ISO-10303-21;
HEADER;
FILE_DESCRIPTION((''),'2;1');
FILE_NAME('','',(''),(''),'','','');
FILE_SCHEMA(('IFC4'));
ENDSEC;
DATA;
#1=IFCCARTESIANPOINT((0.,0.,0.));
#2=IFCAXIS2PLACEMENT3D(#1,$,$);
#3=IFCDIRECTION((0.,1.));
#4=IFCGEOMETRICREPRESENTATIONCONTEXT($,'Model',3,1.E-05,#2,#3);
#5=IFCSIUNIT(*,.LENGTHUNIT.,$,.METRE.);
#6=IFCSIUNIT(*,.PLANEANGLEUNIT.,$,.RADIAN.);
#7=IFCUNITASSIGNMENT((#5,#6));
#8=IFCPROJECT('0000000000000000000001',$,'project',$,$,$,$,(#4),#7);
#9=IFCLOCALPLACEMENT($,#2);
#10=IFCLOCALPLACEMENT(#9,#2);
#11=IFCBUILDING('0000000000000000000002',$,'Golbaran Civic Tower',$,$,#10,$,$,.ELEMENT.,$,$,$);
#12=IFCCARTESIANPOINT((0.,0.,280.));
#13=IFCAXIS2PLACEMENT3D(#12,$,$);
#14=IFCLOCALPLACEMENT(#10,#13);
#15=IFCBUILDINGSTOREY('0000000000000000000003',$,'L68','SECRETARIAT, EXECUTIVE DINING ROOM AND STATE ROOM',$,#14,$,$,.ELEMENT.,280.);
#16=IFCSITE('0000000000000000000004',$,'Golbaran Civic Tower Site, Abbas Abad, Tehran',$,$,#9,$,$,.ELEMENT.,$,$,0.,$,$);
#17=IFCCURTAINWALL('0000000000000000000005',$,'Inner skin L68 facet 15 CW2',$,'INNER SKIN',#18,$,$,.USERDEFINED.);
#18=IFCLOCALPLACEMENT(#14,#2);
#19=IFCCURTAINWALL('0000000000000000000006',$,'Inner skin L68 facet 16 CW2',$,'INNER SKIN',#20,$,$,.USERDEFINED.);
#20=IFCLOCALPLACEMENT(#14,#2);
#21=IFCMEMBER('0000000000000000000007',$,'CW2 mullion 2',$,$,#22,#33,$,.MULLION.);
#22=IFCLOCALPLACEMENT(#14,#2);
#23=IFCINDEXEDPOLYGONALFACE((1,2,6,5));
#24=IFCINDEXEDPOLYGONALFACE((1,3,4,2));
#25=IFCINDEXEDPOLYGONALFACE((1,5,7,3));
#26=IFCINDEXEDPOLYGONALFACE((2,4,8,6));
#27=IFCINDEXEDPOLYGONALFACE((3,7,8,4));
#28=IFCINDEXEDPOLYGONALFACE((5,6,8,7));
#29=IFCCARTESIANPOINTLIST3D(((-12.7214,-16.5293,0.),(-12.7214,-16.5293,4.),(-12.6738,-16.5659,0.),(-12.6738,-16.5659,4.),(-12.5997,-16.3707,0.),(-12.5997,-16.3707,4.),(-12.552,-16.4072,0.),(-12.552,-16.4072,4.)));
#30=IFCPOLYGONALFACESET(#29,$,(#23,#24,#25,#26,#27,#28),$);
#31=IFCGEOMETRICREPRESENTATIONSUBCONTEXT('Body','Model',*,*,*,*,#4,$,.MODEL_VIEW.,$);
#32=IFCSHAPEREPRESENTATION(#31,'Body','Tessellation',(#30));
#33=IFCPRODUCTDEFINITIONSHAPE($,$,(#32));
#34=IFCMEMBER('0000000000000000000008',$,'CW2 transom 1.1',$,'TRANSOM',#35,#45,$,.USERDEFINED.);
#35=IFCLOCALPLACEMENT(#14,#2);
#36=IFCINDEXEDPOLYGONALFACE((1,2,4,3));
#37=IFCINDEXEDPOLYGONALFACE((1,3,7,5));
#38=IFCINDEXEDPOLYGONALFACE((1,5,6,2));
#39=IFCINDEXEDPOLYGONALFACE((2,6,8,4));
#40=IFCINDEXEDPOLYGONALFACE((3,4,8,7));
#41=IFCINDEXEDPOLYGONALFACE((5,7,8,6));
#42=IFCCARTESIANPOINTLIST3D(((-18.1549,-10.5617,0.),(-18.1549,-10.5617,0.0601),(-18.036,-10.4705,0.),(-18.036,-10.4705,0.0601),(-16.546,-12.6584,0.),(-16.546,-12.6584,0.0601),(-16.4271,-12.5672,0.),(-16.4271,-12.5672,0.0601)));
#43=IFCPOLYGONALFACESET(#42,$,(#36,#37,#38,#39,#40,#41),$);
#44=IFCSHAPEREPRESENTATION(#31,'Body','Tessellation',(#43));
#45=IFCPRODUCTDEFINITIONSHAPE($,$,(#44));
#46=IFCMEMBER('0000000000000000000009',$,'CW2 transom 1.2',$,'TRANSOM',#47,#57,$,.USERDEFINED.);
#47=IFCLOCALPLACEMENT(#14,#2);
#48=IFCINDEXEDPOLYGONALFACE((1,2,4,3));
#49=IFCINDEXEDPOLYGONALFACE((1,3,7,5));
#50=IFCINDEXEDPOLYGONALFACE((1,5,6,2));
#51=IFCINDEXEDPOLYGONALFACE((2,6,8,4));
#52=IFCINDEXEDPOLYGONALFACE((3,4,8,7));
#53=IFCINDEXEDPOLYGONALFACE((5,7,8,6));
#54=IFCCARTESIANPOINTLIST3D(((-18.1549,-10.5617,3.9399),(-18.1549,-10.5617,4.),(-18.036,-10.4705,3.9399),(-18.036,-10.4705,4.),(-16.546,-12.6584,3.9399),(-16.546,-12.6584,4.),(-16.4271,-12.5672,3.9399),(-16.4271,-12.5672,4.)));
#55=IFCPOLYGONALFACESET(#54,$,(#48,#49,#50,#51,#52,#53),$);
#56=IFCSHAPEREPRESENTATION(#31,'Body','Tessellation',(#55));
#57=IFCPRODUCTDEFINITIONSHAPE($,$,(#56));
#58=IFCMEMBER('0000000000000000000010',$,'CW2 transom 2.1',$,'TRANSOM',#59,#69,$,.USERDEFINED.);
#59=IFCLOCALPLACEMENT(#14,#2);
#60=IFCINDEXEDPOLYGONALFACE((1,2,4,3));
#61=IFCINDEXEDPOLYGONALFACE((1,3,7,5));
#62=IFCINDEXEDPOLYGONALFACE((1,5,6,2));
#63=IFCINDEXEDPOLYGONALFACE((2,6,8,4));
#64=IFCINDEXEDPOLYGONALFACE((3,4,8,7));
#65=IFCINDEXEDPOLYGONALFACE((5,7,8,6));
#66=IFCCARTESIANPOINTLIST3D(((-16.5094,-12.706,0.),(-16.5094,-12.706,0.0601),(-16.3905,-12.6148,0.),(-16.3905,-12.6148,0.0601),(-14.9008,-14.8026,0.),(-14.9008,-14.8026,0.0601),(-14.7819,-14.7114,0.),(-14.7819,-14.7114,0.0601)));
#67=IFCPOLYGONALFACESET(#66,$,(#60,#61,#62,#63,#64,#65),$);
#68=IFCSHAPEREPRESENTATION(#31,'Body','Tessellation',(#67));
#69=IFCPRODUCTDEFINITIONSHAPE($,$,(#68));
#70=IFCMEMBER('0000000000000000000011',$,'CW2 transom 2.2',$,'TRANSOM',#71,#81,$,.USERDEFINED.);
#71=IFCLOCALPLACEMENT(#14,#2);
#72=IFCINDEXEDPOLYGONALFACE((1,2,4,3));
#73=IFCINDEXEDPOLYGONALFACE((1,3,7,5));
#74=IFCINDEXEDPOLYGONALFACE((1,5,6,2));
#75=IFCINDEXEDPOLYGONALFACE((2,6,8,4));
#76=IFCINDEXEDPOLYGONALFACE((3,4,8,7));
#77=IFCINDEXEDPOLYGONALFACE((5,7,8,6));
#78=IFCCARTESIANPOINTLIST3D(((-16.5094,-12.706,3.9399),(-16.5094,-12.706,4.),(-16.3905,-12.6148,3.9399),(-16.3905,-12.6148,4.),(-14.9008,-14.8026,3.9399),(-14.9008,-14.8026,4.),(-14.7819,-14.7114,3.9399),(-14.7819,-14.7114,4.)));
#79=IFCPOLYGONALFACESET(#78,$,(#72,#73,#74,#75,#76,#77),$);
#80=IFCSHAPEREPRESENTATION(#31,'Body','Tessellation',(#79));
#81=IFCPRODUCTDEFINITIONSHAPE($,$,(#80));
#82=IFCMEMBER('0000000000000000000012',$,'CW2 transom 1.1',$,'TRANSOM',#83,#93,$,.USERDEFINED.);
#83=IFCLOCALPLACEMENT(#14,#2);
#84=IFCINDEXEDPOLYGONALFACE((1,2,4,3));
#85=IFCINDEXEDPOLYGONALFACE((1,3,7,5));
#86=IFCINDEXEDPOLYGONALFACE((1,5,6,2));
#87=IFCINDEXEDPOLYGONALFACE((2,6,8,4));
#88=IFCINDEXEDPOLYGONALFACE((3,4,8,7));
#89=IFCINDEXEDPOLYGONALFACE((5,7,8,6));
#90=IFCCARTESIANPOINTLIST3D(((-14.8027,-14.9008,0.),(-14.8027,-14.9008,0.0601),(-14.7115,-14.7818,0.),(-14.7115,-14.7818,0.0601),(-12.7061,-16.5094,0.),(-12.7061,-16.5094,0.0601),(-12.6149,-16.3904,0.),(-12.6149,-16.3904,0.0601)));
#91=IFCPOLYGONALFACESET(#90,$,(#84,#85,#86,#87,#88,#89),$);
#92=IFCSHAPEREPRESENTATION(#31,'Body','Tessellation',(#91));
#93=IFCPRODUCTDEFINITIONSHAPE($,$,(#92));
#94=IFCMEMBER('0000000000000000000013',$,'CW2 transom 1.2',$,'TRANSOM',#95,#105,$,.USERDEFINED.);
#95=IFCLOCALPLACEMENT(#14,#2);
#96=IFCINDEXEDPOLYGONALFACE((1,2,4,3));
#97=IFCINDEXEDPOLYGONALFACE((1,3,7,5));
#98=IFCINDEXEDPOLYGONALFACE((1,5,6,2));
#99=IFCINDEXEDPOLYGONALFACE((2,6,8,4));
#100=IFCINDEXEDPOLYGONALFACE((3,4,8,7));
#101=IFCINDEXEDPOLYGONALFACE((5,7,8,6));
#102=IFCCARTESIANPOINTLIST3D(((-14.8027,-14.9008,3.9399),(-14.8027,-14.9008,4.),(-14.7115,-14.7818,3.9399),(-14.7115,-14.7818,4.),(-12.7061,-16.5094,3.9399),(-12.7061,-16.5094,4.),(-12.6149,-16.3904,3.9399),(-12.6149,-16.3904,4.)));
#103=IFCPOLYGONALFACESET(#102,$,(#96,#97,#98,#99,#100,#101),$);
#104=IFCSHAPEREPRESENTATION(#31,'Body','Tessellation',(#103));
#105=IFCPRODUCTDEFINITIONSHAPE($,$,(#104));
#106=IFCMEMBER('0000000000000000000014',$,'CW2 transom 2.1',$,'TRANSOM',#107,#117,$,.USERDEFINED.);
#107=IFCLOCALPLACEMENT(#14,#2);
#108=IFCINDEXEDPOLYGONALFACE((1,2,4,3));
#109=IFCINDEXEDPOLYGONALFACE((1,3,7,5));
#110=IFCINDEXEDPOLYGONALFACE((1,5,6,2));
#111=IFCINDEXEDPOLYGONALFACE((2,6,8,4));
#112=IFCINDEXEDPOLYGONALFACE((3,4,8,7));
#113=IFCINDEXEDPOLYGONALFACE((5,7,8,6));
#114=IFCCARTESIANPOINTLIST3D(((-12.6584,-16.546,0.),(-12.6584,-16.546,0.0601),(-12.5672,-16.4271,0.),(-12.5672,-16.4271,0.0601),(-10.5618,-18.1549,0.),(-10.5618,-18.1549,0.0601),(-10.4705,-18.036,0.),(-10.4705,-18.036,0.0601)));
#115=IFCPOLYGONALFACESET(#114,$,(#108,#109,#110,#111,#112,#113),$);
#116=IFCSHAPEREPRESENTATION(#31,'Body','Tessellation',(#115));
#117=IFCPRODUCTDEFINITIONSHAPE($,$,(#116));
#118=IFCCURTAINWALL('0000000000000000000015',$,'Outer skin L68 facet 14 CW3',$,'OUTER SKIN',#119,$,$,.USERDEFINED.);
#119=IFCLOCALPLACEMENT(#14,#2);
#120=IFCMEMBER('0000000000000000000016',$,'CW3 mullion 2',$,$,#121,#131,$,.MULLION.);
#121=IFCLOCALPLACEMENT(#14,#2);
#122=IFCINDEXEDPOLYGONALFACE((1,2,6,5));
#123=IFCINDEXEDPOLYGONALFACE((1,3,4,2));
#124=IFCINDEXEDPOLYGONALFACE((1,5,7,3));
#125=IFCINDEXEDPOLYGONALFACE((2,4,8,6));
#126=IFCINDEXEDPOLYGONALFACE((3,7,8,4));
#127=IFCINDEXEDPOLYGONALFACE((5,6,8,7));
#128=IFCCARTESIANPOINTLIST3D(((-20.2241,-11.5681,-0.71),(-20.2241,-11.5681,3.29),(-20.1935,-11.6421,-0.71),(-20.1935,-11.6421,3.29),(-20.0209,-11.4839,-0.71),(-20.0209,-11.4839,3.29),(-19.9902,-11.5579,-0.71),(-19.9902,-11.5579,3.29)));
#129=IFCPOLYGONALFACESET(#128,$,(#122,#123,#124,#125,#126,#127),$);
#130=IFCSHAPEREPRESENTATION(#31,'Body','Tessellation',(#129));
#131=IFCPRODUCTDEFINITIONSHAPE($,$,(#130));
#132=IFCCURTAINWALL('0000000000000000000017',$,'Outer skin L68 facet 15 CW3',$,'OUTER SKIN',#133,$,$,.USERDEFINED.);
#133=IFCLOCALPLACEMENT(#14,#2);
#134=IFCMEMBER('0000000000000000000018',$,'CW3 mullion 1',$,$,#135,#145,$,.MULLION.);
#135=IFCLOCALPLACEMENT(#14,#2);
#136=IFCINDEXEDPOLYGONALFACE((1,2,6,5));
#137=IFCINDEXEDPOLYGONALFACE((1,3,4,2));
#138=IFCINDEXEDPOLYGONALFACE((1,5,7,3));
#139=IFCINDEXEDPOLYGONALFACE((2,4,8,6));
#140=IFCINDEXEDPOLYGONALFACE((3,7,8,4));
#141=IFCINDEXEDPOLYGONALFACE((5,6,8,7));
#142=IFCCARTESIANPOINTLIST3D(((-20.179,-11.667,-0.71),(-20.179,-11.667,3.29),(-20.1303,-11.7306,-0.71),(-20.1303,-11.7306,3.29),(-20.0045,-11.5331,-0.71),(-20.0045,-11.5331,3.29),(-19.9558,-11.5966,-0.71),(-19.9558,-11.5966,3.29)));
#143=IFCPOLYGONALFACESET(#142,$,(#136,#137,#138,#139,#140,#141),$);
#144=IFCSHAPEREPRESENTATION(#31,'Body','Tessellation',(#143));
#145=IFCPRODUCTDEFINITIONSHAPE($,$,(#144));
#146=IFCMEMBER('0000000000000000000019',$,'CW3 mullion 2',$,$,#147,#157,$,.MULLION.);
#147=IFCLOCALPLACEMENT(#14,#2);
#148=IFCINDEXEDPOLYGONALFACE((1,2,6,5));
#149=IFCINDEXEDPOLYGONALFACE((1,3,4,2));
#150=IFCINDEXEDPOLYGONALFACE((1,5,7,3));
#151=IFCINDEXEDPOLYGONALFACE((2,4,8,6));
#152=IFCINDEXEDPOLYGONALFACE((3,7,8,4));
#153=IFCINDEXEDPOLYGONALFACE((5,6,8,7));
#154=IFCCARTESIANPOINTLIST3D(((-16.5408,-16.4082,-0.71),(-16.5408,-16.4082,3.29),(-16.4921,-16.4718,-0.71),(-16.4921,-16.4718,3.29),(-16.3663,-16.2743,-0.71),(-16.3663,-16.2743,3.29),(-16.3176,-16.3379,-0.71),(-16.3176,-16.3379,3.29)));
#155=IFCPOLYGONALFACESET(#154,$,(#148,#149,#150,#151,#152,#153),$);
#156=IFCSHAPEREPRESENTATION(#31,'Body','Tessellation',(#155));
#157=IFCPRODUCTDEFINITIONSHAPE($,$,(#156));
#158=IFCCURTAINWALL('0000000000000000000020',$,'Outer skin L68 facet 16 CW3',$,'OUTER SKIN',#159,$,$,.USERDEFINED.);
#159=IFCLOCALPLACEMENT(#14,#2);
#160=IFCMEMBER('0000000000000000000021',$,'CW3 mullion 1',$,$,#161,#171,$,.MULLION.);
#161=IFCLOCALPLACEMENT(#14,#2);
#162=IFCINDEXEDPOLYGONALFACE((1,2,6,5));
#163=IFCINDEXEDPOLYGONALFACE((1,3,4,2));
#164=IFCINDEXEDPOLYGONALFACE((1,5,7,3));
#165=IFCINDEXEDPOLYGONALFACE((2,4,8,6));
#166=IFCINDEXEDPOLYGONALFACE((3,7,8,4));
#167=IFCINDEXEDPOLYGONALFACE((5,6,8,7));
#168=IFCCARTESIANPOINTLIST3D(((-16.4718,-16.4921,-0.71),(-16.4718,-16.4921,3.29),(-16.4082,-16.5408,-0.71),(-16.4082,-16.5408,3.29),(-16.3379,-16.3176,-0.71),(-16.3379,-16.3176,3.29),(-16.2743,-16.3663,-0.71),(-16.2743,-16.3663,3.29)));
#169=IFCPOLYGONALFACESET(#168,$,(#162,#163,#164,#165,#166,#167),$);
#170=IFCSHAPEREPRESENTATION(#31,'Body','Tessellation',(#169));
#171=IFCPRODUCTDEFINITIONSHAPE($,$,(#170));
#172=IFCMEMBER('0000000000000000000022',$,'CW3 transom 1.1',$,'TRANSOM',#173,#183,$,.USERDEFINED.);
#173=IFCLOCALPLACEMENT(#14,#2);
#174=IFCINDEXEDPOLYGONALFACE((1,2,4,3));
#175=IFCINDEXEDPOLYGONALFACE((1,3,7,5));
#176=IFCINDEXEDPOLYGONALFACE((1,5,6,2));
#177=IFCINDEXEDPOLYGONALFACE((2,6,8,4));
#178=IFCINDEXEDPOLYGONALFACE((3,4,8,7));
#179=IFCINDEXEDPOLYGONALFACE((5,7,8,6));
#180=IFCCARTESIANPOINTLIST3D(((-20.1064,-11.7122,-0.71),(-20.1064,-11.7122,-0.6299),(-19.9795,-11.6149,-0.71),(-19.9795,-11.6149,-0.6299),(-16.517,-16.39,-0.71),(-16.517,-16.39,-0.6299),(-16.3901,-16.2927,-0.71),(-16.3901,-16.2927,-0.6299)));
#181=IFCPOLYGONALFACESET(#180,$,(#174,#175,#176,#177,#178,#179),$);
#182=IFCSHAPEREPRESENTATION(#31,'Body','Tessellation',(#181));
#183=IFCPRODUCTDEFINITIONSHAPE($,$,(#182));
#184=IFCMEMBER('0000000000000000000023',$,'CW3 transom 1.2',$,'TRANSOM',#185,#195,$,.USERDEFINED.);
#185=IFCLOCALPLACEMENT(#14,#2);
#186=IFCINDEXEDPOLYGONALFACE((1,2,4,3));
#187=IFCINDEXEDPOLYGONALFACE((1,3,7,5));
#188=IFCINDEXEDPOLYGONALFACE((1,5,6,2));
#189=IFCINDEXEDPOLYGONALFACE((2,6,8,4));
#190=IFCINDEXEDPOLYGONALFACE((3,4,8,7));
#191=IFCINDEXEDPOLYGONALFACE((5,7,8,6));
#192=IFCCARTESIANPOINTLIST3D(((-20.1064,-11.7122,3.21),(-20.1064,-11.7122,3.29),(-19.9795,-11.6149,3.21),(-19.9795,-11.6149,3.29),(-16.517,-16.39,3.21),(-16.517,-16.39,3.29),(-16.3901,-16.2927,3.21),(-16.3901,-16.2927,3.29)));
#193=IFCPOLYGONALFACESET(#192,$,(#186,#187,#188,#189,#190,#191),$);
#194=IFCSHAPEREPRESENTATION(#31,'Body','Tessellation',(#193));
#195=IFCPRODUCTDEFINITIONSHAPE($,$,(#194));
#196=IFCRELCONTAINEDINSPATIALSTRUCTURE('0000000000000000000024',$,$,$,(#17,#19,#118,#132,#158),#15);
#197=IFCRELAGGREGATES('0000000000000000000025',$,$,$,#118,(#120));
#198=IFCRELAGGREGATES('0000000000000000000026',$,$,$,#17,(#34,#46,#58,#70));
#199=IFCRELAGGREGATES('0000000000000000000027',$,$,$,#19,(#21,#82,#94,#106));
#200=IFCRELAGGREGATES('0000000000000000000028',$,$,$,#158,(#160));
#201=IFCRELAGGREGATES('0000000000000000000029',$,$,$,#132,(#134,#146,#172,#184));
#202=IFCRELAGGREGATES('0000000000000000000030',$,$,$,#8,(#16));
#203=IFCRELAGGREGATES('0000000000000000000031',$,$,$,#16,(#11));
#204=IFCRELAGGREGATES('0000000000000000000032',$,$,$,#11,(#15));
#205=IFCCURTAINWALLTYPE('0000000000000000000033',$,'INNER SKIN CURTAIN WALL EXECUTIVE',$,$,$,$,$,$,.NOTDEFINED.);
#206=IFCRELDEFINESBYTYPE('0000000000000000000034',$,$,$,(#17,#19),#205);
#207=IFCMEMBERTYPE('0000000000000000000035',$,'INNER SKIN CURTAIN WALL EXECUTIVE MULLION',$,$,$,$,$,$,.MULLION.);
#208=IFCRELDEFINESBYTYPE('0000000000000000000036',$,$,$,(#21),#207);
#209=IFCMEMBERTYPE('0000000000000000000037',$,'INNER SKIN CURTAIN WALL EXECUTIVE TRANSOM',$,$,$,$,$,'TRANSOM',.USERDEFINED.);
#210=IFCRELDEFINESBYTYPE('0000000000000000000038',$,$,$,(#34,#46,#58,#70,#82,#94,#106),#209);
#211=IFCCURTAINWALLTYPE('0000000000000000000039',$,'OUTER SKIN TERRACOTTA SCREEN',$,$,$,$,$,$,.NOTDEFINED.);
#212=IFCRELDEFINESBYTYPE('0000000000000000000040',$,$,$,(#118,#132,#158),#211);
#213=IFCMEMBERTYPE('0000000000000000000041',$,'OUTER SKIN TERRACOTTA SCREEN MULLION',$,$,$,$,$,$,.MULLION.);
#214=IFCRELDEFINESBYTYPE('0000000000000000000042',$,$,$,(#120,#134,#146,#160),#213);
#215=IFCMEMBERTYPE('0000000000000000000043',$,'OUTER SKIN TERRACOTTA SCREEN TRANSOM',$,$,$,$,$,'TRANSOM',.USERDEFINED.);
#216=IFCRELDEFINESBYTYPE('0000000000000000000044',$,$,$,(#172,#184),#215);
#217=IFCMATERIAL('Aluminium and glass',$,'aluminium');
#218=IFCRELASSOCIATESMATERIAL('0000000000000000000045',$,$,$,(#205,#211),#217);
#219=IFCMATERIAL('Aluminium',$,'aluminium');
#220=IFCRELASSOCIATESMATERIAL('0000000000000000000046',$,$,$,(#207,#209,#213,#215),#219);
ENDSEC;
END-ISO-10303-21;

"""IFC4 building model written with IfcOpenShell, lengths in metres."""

from ifc_helpers import new_model, si_unit, direction, frame, origin, origin_2d, place, context, subcontext, project, spatial, rectangle, extrude, material, material_profile, profile_set, type_object, element, aggregate, save


model = new_model("IFC4")

# Units and contexts
model_context = context("Model", 3, precision=1e-05, world=origin(), true_north=direction((0.0, 1.0)))
body_context = subcontext(model_context, "Body", "Model", "MODEL_VIEW")
ifc_project = project(units=[si_unit("LENGTHUNIT", "METRE"), si_unit("PLANEANGLEUNIT", "RADIAN")], contexts=[model_context])

# Site, building, storey
site_placement = place(None, origin())
site = spatial("IfcSite", under=ifc_project, at=site_placement, Name="Golbaran Civic Tower Site, Abbas Abad, Tehran", CompositionType="ELEMENT", RefElevation=0.0)
building_placement = place(site_placement, origin())
building = spatial("IfcBuilding", under=site, at=building_placement, Name="Golbaran Civic Tower", CompositionType="ELEMENT")
storey_placement = place(building_placement, frame((0.0, 0.0, 280.0)))
storey = spatial("IfcBuildingStorey", under=building, at=storey_placement, Name="L68", Description="SECRETARIAT, EXECUTIVE DINING ROOM AND STATE ROOM", CompositionType="ELEMENT", Elevation=280.0)

# Shared definitions
ifc_material_1 = material(Name="Aluminium and glass", Category="aluminium")
curtain_wall_type_1 = type_object("IfcCurtainWallType", Name="INNER SKIN CURTAIN WALL EXECUTIVE", PredefinedType="NOTDEFINED", material=ifc_material_1)
ifc_material_2 = material(Name="Aluminium", Category="aluminium")
ifc_material_profile_1 = material_profile(ifc_material_2, rectangle(XDim=0.2, YDim=0.0601, at=origin_2d()), Name="INNER SKIN CURTAIN WALL EXECUTIVE MULLION")
ifc_profile_set_1 = profile_set([ifc_material_profile_1], Name="Aluminium")
member_type_1 = type_object("IfcMemberType", Name="INNER SKIN CURTAIN WALL EXECUTIVE MULLION", PredefinedType="MULLION", material=ifc_profile_set_1)

# Curtain walls, member
curtain_wall_1_placement = place(storey_placement, origin())
curtain_wall_1 = element("IfcCurtainWall", 1, at=curtain_wall_1_placement, inside=storey, type_object=curtain_wall_type_1, Name="Inner skin L68 facet 15 CW2", ObjectType="INNER SKIN", PredefinedType="USERDEFINED")
curtain_wall_2_placement = place(storey_placement, origin())
curtain_wall_2 = element("IfcCurtainWall", 2, at=curtain_wall_2_placement, inside=storey, type_object=curtain_wall_type_1, Name="Inner skin L68 facet 16 CW2", ObjectType="INNER SKIN", PredefinedType="USERDEFINED")
member_1_placement = place(storey_placement, frame((-12.6367, -16.4683, 0.0), z_axis=(0.0, 0.0, 1.0), x_axis=(0.608761, 0.793353, 0.0)))
member_1 = element("IfcMember", 3, at=member_1_placement, type_object=member_type_1, Name="CW2 mullion 2", PredefinedType="MULLION", context=body_context, shape_type="SweptSolid", body=[
    extrude(rectangle(XDim=0.2, YDim=0.0601, at=origin_2d()), origin(), (0.0, 0.0, 1.0), 4.0),
])

# Members
ifc_material_profile_2 = material_profile(ifc_material_2, rectangle(XDim=0.1499, YDim=0.0601, at=origin_2d()), Name="INNER SKIN CURTAIN WALL EXECUTIVE TRANSOM")
ifc_profile_set_2 = profile_set([ifc_material_profile_2], Name="Aluminium")
member_type_2 = type_object("IfcMemberType", Name="INNER SKIN CURTAIN WALL EXECUTIVE TRANSOM", ElementType="TRANSOM", PredefinedType="USERDEFINED", material=ifc_profile_set_2)
member_2_placement = place(storey_placement, frame((-18.0955, -10.5161, 0.03), z_axis=(0.608773, -0.793345, 0.0), x_axis=(0.793345, 0.608773, 0.0)))
member_2 = element("IfcMember", 4, at=member_2_placement, type_object=member_type_2, Name="CW2 transom 1.1", ObjectType="TRANSOM", PredefinedType="USERDEFINED", context=body_context, shape_type="SweptSolid", body=[
    extrude(rectangle(XDim=0.1499, YDim=0.0601, at=origin_2d()), origin(), (0.0, 0.0, 1.0), 2.6428),
])
member_3_placement = place(storey_placement, frame((-18.0955, -10.5161, 3.97), z_axis=(0.608773, -0.793345, 0.0), x_axis=(0.793345, 0.608773, 0.0)))
member_3 = element("IfcMember", 5, at=member_3_placement, type_object=member_type_2, Name="CW2 transom 1.2", ObjectType="TRANSOM", PredefinedType="USERDEFINED", context=body_context, shape_type="SweptSolid", body=[
    extrude(rectangle(XDim=0.1499, YDim=0.0601, at=origin_2d()), origin(), (0.0, 0.0, 1.0), 2.6428),
])
member_4_placement = place(storey_placement, frame((-16.45, -12.6604, 0.03), z_axis=(0.608715, -0.793389, 0.0), x_axis=(0.793389, 0.608715, 0.0)))
member_4 = element("IfcMember", 6, at=member_4_placement, type_object=member_type_2, Name="CW2 transom 2.1", ObjectType="TRANSOM", PredefinedType="USERDEFINED", context=body_context, shape_type="SweptSolid", body=[
    extrude(rectangle(XDim=0.1499, YDim=0.0601, at=origin_2d()), origin(), (0.0, 0.0, 1.0), 2.6426),
])
member_5_placement = place(storey_placement, frame((-16.45, -12.6604, 3.97), z_axis=(0.608715, -0.793389, 0.0), x_axis=(0.793389, 0.608715, 0.0)))
member_5 = element("IfcMember", 7, at=member_5_placement, type_object=member_type_2, Name="CW2 transom 2.2", ObjectType="TRANSOM", PredefinedType="USERDEFINED", context=body_context, shape_type="SweptSolid", body=[
    extrude(rectangle(XDim=0.1499, YDim=0.0601, at=origin_2d()), origin(), (0.0, 0.0, 1.0), 2.6426),
])
member_6_placement = place(storey_placement, frame((-14.7571, -14.8413, 0.03), z_axis=(0.793389, -0.608715, 0.0), x_axis=(0.608715, 0.793389, 0.0)))
member_6 = element("IfcMember", 8, at=member_6_placement, type_object=member_type_2, Name="CW2 transom 1.1", ObjectType="TRANSOM", PredefinedType="USERDEFINED", context=body_context, shape_type="SweptSolid", body=[
    extrude(rectangle(XDim=0.1499, YDim=0.0601, at=origin_2d()), origin(), (0.0, 0.0, 1.0), 2.6426),
])
member_7_placement = place(storey_placement, frame((-14.7571, -14.8413, 3.97), z_axis=(0.793389, -0.608715, 0.0), x_axis=(0.608715, 0.793389, 0.0)))
member_7 = element("IfcMember", 9, at=member_7_placement, type_object=member_type_2, Name="CW2 transom 1.2", ObjectType="TRANSOM", PredefinedType="USERDEFINED", context=body_context, shape_type="SweptSolid", body=[
    extrude(rectangle(XDim=0.1499, YDim=0.0601, at=origin_2d()), origin(), (0.0, 0.0, 1.0), 2.6426),
])
member_8_placement = place(storey_placement, frame((-12.6128, -16.4866, 0.03), z_axis=(0.793345, -0.608773, 0.0), x_axis=(0.608773, 0.793345, 0.0)))
member_8 = element("IfcMember", 10, at=member_8_placement, type_object=member_type_2, Name="CW2 transom 2.1", ObjectType="TRANSOM", PredefinedType="USERDEFINED", context=body_context, shape_type="SweptSolid", body=[
    extrude(rectangle(XDim=0.1499, YDim=0.0601, at=origin_2d()), origin(), (0.0, 0.0, 1.0), 2.6428),
])

# Curtain wall, member
curtain_wall_type_2 = type_object("IfcCurtainWallType", Name="OUTER SKIN TERRACOTTA SCREEN", PredefinedType="NOTDEFINED", material=ifc_material_1)
curtain_wall_3_placement = place(storey_placement, origin())
curtain_wall_3 = element("IfcCurtainWall", 11, at=curtain_wall_3_placement, inside=storey, type_object=curtain_wall_type_2, Name="Outer skin L68 facet 14 CW3", ObjectType="OUTER SKIN", PredefinedType="USERDEFINED")
ifc_material_profile_3 = material_profile(ifc_material_2, rectangle(XDim=0.22, YDim=0.0801, at=origin_2d()), Name="OUTER SKIN TERRACOTTA SCREEN MULLION")
ifc_profile_set_3 = profile_set([ifc_material_profile_3], Name="Aluminium")
member_type_3 = type_object("IfcMemberType", Name="OUTER SKIN TERRACOTTA SCREEN MULLION", PredefinedType="MULLION", material=ifc_profile_set_3)
member_9_placement = place(storey_placement, frame((-20.1072, -11.563, -0.71), z_axis=(0.0, 0.0, 1.0), x_axis=(0.92388, 0.382683, 0.0)))
member_9 = element("IfcMember", 12, at=member_9_placement, type_object=member_type_3, Name="CW3 mullion 2", PredefinedType="MULLION", context=body_context, shape_type="SweptSolid", body=[
    extrude(rectangle(XDim=0.22, YDim=0.0801, at=origin_2d()), origin(), (0.0, 0.0, 1.0), 4.0),
])
aggregate(curtain_wall_3, [member_9])

# Curtain wall, members
curtain_wall_4_placement = place(storey_placement, origin())
curtain_wall_4 = element("IfcCurtainWall", 13, at=curtain_wall_4_placement, inside=storey, type_object=curtain_wall_type_2, Name="Outer skin L68 facet 15 CW3", ObjectType="OUTER SKIN", PredefinedType="USERDEFINED")
member_10_placement = place(storey_placement, frame((-20.0674, -11.6318, -0.71), z_axis=(0.0, 0.0, 1.0), x_axis=(0.793353, 0.608761, 0.0)))
member_10 = element("IfcMember", 14, at=member_10_placement, type_object=member_type_3, Name="CW3 mullion 1", PredefinedType="MULLION", context=body_context, shape_type="SweptSolid", body=[
    extrude(rectangle(XDim=0.22, YDim=0.0801, at=origin_2d()), origin(), (0.0, 0.0, 1.0), 4.0),
])
member_11_placement = place(storey_placement, frame((-16.4292, -16.373, -0.71), z_axis=(0.0, 0.0, 1.0), x_axis=(0.793353, 0.608761, 0.0)))
member_11 = element("IfcMember", 15, at=member_11_placement, type_object=member_type_3, Name="CW3 mullion 2", PredefinedType="MULLION", context=body_context, shape_type="SweptSolid", body=[
    extrude(rectangle(XDim=0.22, YDim=0.0801, at=origin_2d()), origin(), (0.0, 0.0, 1.0), 4.0),
])

# Curtain wall, member
curtain_wall_5_placement = place(storey_placement, origin())
curtain_wall_5 = element("IfcCurtainWall", 16, at=curtain_wall_5_placement, inside=storey, type_object=curtain_wall_type_2, Name="Outer skin L68 facet 16 CW3", ObjectType="OUTER SKIN", PredefinedType="USERDEFINED")
member_12_placement = place(storey_placement, frame((-16.373, -16.4292, -0.71), z_axis=(0.0, 0.0, 1.0), x_axis=(0.608761, 0.793353, 0.0)))
member_12 = element("IfcMember", 17, at=member_12_placement, type_object=member_type_3, Name="CW3 mullion 1", PredefinedType="MULLION", context=body_context, shape_type="SweptSolid", body=[
    extrude(rectangle(XDim=0.22, YDim=0.0801, at=origin_2d()), origin(), (0.0, 0.0, 1.0), 4.0),
])

# Members
ifc_material_profile_4 = material_profile(ifc_material_2, rectangle(XDim=0.1599, YDim=0.0801, at=origin_2d()), Name="OUTER SKIN TERRACOTTA SCREEN TRANSOM")
ifc_profile_set_4 = profile_set([ifc_material_profile_4], Name="Aluminium")
member_type_4 = type_object("IfcMemberType", Name="OUTER SKIN TERRACOTTA SCREEN TRANSOM", ElementType="TRANSOM", PredefinedType="USERDEFINED", material=ifc_profile_set_4)
member_13_placement = place(storey_placement, frame((-20.043, -11.6636, -0.6699), z_axis=(0.608762, -0.793353, 0.0), x_axis=(0.793353, 0.608762, 0.0)))
member_13 = element("IfcMember", 18, at=member_13_placement, type_object=member_type_4, Name="CW3 transom 1.1", ObjectType="TRANSOM", PredefinedType="USERDEFINED", context=body_context, shape_type="SweptSolid", body=[
    extrude(rectangle(XDim=0.1599, YDim=0.0801, at=origin_2d()), origin(), (0.0, 0.0, 1.0), 5.8962),
])
member_14_placement = place(storey_placement, frame((-20.043, -11.6636, 3.25), z_axis=(0.608762, -0.793353, 0.0), x_axis=(0.793353, 0.608762, 0.0)))
member_14 = element("IfcMember", 19, at=member_14_placement, type_object=member_type_4, Name="CW3 transom 1.2", ObjectType="TRANSOM", PredefinedType="USERDEFINED", context=body_context, shape_type="SweptSolid", body=[
    extrude(rectangle(XDim=0.1599, YDim=0.0801, at=origin_2d()), origin(), (0.0, 0.0, 1.0), 5.8962),
])

aggregate(curtain_wall_1, [member_2, member_3, member_4, member_5])
aggregate(curtain_wall_2, [member_1, member_6, member_7, member_8])
aggregate(curtain_wall_5, [member_12])
aggregate(curtain_wall_4, [member_10, member_11, member_13, member_14])

save(model, "model.ifc")
